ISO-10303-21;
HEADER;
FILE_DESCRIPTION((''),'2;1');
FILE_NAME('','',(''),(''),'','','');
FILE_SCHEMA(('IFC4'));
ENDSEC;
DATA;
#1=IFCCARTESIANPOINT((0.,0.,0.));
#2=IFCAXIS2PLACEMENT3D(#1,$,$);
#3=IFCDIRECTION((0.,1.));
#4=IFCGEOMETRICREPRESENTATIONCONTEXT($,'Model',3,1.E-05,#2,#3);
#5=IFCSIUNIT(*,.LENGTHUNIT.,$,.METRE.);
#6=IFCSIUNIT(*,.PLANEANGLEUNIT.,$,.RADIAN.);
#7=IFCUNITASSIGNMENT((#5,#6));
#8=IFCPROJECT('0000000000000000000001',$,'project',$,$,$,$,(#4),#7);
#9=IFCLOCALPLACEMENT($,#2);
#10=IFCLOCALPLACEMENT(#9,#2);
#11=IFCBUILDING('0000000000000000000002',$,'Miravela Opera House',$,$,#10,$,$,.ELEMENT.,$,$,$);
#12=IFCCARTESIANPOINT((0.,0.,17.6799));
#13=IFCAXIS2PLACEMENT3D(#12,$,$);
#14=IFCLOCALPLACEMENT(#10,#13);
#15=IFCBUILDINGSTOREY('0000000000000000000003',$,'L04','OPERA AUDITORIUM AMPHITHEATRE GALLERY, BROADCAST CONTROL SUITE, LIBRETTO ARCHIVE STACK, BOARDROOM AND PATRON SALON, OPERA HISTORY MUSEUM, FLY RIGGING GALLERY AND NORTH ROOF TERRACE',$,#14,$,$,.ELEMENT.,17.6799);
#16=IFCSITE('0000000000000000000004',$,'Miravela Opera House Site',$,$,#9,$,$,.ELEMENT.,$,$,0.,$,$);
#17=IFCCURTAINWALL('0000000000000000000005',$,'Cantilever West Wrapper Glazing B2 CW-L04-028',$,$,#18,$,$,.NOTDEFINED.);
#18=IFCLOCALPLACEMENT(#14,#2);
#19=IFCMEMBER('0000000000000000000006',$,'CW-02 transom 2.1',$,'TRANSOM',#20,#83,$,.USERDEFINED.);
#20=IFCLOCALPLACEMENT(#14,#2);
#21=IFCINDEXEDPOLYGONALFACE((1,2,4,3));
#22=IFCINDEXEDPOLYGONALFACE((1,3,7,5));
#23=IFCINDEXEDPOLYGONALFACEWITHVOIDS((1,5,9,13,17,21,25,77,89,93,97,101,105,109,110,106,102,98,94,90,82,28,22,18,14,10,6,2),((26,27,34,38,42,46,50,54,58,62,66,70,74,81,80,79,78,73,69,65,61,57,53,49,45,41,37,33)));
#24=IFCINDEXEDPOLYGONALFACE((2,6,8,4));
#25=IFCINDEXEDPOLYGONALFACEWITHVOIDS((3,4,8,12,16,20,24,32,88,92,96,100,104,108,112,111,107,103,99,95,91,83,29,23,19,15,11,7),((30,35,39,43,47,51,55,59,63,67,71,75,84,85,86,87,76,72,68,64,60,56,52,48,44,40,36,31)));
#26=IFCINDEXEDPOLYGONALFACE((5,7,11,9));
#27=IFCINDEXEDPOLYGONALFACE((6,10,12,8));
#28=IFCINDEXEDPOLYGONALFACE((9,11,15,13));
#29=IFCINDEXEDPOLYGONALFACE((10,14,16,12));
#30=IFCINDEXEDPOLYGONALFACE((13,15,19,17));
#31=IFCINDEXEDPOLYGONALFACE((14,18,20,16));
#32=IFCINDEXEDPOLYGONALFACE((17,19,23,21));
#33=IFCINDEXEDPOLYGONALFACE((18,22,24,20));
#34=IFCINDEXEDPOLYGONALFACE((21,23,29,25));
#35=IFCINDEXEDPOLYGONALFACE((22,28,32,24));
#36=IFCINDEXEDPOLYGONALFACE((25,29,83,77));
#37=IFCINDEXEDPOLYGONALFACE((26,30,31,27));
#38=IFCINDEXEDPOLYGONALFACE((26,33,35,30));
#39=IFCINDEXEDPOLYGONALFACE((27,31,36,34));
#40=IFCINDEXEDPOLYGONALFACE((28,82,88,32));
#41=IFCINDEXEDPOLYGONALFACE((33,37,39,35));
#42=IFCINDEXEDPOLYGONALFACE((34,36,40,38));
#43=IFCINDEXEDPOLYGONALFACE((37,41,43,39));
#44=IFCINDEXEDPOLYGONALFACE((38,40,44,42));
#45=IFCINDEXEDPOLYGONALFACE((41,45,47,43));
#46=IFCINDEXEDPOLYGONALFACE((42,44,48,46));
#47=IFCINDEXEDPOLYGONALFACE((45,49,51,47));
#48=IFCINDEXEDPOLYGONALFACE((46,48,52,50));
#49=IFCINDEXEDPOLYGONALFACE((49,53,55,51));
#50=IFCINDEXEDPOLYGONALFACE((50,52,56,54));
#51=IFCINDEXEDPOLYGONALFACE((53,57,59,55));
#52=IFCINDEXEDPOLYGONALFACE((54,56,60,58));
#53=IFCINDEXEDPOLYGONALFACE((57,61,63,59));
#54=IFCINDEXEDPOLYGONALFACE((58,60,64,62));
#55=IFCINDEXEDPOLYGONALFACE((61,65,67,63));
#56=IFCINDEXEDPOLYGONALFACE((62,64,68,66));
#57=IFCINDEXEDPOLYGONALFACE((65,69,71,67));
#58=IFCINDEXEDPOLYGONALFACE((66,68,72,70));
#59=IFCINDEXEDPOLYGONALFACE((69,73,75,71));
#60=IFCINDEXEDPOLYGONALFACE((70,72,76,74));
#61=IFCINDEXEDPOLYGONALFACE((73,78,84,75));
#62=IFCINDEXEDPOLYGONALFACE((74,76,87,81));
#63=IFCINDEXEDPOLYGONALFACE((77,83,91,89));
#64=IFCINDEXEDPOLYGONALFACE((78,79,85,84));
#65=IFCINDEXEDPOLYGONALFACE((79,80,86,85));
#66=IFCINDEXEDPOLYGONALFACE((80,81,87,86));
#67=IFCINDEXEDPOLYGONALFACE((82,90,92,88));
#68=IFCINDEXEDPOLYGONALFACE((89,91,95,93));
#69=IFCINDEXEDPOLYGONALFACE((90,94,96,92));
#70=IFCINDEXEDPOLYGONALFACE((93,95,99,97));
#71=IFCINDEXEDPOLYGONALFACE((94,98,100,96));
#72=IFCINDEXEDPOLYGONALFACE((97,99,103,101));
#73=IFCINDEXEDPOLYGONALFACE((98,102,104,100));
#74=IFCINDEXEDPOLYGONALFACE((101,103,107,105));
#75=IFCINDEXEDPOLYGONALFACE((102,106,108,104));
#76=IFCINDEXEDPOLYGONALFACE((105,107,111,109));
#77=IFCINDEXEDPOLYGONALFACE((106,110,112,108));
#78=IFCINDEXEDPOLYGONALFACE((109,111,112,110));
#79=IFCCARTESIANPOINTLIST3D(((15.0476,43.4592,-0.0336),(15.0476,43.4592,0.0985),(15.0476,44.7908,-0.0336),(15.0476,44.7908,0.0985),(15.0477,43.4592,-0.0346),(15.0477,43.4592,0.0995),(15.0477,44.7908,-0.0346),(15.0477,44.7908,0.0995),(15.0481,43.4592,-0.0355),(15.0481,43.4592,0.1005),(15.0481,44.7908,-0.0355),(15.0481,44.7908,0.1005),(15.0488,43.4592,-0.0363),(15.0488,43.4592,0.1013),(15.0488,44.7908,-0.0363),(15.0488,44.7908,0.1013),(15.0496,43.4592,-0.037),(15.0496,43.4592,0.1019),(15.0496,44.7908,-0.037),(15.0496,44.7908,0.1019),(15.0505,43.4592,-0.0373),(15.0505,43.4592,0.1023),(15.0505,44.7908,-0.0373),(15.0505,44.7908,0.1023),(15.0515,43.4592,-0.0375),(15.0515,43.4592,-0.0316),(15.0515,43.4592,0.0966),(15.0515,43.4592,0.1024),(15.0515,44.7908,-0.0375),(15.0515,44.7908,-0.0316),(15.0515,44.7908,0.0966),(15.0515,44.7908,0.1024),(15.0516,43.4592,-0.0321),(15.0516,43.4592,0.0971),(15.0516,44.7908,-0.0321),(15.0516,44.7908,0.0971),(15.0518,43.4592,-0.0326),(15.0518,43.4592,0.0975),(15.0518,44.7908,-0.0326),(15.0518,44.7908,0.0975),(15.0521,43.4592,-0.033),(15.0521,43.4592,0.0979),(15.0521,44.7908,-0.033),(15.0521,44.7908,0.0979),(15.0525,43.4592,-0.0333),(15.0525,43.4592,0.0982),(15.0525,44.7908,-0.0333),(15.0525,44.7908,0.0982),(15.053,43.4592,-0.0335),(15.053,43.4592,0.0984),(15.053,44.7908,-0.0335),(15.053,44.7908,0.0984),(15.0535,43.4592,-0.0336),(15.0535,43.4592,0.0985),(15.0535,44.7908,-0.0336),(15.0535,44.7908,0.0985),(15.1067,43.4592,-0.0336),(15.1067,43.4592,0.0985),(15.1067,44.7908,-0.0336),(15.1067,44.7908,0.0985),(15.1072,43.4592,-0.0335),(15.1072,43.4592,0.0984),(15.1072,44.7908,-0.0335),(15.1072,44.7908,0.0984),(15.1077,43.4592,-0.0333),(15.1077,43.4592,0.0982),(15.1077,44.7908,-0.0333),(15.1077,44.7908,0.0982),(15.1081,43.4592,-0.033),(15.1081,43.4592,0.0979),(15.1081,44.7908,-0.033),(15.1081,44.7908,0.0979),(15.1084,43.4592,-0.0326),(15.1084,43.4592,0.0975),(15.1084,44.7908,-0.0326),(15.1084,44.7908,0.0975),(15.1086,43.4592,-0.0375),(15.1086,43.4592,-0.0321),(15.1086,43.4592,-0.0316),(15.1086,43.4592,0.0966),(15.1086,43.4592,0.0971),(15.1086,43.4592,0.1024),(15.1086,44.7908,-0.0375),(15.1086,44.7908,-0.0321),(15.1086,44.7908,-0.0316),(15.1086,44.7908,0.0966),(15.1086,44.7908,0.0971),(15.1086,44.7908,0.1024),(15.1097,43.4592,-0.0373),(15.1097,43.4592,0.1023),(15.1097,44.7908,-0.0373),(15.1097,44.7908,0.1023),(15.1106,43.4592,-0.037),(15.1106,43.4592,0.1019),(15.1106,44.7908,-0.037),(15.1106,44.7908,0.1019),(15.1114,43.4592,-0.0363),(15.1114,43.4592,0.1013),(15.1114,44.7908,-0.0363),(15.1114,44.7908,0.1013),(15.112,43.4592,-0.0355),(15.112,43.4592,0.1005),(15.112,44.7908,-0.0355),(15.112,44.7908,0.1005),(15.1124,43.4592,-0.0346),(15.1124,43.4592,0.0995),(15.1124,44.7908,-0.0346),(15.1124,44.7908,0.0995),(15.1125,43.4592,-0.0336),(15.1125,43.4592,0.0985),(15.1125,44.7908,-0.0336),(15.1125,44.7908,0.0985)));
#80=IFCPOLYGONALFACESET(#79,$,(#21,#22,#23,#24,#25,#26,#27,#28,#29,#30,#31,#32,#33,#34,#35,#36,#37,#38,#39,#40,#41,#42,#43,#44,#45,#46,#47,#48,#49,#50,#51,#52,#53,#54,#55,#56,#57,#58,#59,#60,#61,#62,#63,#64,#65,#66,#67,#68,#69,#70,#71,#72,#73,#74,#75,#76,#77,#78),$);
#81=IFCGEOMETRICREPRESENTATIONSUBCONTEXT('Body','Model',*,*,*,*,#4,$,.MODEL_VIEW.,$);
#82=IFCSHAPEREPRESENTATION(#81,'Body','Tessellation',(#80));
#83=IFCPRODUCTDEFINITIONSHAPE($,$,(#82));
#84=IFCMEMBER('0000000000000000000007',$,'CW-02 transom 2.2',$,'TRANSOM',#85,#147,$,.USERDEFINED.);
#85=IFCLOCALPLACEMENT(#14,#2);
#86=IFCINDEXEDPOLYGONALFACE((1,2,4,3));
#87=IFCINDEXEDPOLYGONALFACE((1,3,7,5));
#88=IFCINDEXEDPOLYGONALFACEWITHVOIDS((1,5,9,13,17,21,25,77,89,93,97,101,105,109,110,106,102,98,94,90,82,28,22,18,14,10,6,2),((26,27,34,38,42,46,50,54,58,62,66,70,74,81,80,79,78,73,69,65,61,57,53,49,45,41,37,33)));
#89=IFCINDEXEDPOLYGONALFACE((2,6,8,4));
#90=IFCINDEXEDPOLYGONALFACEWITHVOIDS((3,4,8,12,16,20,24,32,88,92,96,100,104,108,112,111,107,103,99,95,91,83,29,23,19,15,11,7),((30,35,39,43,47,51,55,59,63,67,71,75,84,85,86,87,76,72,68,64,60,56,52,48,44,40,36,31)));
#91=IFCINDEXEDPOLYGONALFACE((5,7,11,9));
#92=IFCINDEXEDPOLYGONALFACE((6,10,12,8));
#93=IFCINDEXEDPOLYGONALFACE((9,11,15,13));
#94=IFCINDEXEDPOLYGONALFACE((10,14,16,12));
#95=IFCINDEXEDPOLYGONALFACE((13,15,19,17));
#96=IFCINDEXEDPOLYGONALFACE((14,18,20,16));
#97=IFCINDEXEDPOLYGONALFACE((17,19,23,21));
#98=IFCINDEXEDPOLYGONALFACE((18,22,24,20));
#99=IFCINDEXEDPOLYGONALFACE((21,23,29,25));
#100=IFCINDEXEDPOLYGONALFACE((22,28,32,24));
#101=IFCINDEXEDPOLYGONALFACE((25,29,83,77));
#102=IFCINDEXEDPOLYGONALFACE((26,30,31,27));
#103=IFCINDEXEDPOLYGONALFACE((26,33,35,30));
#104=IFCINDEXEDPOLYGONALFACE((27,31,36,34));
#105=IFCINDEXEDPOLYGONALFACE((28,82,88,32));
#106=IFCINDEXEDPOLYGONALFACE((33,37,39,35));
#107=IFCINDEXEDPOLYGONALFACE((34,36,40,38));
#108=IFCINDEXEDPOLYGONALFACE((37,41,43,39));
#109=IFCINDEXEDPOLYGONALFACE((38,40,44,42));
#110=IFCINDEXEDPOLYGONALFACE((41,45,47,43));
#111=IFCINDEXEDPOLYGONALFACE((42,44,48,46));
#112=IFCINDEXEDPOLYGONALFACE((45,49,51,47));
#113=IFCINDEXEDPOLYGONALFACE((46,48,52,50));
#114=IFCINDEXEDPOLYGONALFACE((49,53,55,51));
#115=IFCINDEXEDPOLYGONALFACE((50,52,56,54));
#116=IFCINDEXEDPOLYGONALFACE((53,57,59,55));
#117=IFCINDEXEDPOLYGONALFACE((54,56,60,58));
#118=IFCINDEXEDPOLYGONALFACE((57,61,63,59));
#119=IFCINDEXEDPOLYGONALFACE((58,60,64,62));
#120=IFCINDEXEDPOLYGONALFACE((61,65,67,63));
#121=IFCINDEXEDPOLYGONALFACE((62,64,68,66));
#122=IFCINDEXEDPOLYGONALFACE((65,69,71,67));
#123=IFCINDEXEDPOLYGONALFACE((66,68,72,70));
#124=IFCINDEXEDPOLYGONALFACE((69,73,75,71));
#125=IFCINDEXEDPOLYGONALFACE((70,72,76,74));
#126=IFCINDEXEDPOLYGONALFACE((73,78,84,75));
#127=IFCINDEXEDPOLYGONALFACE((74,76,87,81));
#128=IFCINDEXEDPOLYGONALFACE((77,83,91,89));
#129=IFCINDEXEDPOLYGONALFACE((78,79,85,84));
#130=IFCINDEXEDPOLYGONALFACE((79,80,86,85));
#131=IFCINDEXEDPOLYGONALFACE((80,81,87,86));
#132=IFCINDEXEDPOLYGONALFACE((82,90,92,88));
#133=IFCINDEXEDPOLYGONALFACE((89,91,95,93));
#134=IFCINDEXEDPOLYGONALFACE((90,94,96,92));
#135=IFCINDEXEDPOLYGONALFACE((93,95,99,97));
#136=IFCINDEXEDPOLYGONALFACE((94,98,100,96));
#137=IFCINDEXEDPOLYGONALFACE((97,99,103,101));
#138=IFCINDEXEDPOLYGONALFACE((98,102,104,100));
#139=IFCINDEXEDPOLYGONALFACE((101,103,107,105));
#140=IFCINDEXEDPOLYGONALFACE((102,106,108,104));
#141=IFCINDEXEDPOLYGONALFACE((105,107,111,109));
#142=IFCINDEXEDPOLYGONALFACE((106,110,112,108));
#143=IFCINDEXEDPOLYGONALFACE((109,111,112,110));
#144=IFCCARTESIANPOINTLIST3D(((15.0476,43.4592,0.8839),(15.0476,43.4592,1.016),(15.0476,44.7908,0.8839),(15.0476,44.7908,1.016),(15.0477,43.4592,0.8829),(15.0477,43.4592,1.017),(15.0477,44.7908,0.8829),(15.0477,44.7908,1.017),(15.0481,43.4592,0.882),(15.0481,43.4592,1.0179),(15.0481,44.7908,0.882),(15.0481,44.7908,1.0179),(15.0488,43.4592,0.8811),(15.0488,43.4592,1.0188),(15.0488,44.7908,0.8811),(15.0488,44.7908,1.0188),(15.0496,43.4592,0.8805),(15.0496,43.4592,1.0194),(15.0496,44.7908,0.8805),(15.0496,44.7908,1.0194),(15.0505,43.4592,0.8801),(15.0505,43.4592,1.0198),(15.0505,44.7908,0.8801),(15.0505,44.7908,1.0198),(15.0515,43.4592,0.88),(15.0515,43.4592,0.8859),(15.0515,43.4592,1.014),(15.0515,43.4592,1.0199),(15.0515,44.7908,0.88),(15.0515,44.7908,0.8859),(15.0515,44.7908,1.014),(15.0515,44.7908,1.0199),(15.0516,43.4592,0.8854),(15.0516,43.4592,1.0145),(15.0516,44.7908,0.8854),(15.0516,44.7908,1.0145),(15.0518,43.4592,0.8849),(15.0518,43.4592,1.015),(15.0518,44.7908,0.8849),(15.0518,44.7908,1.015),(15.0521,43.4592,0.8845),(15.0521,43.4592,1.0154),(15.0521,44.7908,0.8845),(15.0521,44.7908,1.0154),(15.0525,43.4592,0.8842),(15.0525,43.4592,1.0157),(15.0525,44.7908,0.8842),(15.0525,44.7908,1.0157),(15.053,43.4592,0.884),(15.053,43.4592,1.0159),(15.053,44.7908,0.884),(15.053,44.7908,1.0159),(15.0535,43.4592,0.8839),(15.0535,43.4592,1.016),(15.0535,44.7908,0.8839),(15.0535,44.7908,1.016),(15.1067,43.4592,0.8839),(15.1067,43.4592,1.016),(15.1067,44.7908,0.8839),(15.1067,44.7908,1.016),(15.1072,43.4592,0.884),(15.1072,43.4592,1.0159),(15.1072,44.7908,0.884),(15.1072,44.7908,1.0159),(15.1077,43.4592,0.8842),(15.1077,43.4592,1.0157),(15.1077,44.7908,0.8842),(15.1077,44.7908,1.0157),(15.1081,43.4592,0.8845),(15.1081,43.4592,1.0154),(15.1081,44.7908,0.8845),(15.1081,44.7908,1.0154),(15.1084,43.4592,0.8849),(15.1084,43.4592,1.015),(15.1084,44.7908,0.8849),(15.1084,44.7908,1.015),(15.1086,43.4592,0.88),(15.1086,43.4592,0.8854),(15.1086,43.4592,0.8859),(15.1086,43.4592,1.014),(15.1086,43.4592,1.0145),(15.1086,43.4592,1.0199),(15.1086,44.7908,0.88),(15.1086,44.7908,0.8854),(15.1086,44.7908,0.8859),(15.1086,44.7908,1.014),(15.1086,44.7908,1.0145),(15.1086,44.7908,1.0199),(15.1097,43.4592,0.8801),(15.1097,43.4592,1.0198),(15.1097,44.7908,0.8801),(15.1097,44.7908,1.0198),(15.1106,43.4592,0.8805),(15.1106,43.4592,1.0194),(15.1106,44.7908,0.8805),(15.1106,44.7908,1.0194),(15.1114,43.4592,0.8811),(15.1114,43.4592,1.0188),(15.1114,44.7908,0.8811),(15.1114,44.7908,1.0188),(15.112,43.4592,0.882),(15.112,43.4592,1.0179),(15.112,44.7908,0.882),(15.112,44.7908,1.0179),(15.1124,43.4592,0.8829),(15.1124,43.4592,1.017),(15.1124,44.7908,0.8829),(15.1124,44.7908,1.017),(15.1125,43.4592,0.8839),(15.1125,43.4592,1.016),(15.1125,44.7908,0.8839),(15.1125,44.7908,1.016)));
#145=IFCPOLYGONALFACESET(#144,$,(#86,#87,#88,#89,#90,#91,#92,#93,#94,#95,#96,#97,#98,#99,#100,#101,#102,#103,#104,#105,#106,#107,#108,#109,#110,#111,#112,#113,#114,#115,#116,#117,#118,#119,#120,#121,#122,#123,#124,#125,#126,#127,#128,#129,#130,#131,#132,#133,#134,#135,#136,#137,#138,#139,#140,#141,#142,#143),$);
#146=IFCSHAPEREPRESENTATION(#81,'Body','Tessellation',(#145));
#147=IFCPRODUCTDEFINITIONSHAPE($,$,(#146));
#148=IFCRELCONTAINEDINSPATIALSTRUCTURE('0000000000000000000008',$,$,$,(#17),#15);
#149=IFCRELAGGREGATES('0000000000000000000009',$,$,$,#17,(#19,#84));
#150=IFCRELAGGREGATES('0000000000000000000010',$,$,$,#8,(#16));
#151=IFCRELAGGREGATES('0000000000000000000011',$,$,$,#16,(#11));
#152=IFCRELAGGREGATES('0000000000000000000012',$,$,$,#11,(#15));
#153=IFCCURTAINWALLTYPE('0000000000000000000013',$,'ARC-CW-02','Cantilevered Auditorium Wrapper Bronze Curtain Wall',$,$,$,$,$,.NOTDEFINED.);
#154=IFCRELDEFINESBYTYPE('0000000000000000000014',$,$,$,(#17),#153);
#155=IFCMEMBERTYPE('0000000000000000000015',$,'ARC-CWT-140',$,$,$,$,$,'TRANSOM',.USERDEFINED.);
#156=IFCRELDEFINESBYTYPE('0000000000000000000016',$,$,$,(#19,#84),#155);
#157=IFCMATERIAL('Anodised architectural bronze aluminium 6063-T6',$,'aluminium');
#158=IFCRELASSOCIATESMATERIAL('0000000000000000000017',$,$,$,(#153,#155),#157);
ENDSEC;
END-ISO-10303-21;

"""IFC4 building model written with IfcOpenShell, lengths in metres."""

from ifc_helpers import new_model, si_unit, direction, frame, origin, origin_2d, place, context, subcontext, project, spatial, hollow_rectangle, extrude, material, material_profile, profile_set, type_object, element, aggregate, save


model = new_model("IFC4")

# Units and contexts
model_context = context("Model", 3, precision=1e-05, world=origin(), true_north=direction((0.0, 1.0)))
body_context = subcontext(model_context, "Body", "Model", "MODEL_VIEW")
ifc_project = project(units=[si_unit("LENGTHUNIT", "METRE"), si_unit("PLANEANGLEUNIT", "RADIAN")], contexts=[model_context])

# Site, building, storey
site_placement = place(None, origin())
site = spatial("IfcSite", under=ifc_project, at=site_placement, Name="Miravela Opera House Site", CompositionType="ELEMENT", RefElevation=0.0)
building_placement = place(site_placement, origin())
building = spatial("IfcBuilding", under=site, at=building_placement, Name="Miravela Opera House", CompositionType="ELEMENT")
storey_placement = place(building_placement, frame((0.0, 0.0, 17.6799)))
storey = spatial("IfcBuildingStorey", under=building, at=storey_placement, Name="L04", Description="OPERA AUDITORIUM AMPHITHEATRE GALLERY, BROADCAST CONTROL SUITE, LIBRETTO ARCHIVE STACK, BOARDROOM AND PATRON SALON, OPERA HISTORY MUSEUM, FLY RIGGING GALLERY AND NORTH ROOF TERRACE", CompositionType="ELEMENT", Elevation=17.6799)

# Shared definitions
ifc_material_1 = material(Name="Anodised architectural bronze aluminium 6063-T6", Category="aluminium")
curtain_wall_type = type_object("IfcCurtainWallType", Name="ARC-CW-02", Description="Cantilevered Auditorium Wrapper Bronze Curtain Wall", PredefinedType="NOTDEFINED", material=ifc_material_1)

# Curtain wall
curtain_wall_1_placement = place(storey_placement, origin())
curtain_wall_1 = element("IfcCurtainWall", 1, at=curtain_wall_1_placement, inside=storey, type_object=curtain_wall_type, Name="Cantilever West Wrapper Glazing B2 CW-L04-028", PredefinedType="NOTDEFINED")

# Members
ifc_material_profile_1 = material_profile(ifc_material_1, hollow_rectangle(XDim=0.0649, YDim=0.1399, WallThickness=0.0039, InnerFilletRadius=0.002, OuterFilletRadius=0.0039, at=origin_2d()), Name="CWT-65X140")
ifc_profile_set_1 = profile_set([ifc_material_profile_1])
member_type_1 = type_object("IfcMemberType", Name="ARC-CWT-140", ElementType="TRANSOM", PredefinedType="USERDEFINED", material=ifc_profile_set_1)
member_1_placement = place(storey_placement, frame((15.0801, 43.4592, 0.0325), z_axis=(0.0, 1.0, 0.0), x_axis=(-1.0, 0.0, 0.0)))
member_1 = element("IfcMember", 2, at=member_1_placement, type_object=member_type_1, Name="CW-02 transom 2.1", ObjectType="TRANSOM", PredefinedType="USERDEFINED", context=body_context, shape_type="SweptSolid", body=[
    extrude(hollow_rectangle(XDim=0.0649, YDim=0.1399, WallThickness=0.0039, InnerFilletRadius=0.002, OuterFilletRadius=0.0039, at=origin_2d()), origin(), (0.0, 0.0, 1.0), 1.3315),
])
member_2_placement = place(storey_placement, frame((15.0801, 43.4592, 0.95), z_axis=(0.0, 1.0, 0.0), x_axis=(-1.0, 0.0, 0.0)))
member_2 = element("IfcMember", 3, at=member_2_placement, type_object=member_type_1, Name="CW-02 transom 2.2", ObjectType="TRANSOM", PredefinedType="USERDEFINED", context=body_context, shape_type="SweptSolid", body=[
    extrude(hollow_rectangle(XDim=0.0649, YDim=0.1399, WallThickness=0.0039, InnerFilletRadius=0.002, OuterFilletRadius=0.0039, at=origin_2d()), origin(), (0.0, 0.0, 1.0), 1.3315),
])

aggregate(curtain_wall_1, [member_1, member_2])

save(model, "model.ifc")
